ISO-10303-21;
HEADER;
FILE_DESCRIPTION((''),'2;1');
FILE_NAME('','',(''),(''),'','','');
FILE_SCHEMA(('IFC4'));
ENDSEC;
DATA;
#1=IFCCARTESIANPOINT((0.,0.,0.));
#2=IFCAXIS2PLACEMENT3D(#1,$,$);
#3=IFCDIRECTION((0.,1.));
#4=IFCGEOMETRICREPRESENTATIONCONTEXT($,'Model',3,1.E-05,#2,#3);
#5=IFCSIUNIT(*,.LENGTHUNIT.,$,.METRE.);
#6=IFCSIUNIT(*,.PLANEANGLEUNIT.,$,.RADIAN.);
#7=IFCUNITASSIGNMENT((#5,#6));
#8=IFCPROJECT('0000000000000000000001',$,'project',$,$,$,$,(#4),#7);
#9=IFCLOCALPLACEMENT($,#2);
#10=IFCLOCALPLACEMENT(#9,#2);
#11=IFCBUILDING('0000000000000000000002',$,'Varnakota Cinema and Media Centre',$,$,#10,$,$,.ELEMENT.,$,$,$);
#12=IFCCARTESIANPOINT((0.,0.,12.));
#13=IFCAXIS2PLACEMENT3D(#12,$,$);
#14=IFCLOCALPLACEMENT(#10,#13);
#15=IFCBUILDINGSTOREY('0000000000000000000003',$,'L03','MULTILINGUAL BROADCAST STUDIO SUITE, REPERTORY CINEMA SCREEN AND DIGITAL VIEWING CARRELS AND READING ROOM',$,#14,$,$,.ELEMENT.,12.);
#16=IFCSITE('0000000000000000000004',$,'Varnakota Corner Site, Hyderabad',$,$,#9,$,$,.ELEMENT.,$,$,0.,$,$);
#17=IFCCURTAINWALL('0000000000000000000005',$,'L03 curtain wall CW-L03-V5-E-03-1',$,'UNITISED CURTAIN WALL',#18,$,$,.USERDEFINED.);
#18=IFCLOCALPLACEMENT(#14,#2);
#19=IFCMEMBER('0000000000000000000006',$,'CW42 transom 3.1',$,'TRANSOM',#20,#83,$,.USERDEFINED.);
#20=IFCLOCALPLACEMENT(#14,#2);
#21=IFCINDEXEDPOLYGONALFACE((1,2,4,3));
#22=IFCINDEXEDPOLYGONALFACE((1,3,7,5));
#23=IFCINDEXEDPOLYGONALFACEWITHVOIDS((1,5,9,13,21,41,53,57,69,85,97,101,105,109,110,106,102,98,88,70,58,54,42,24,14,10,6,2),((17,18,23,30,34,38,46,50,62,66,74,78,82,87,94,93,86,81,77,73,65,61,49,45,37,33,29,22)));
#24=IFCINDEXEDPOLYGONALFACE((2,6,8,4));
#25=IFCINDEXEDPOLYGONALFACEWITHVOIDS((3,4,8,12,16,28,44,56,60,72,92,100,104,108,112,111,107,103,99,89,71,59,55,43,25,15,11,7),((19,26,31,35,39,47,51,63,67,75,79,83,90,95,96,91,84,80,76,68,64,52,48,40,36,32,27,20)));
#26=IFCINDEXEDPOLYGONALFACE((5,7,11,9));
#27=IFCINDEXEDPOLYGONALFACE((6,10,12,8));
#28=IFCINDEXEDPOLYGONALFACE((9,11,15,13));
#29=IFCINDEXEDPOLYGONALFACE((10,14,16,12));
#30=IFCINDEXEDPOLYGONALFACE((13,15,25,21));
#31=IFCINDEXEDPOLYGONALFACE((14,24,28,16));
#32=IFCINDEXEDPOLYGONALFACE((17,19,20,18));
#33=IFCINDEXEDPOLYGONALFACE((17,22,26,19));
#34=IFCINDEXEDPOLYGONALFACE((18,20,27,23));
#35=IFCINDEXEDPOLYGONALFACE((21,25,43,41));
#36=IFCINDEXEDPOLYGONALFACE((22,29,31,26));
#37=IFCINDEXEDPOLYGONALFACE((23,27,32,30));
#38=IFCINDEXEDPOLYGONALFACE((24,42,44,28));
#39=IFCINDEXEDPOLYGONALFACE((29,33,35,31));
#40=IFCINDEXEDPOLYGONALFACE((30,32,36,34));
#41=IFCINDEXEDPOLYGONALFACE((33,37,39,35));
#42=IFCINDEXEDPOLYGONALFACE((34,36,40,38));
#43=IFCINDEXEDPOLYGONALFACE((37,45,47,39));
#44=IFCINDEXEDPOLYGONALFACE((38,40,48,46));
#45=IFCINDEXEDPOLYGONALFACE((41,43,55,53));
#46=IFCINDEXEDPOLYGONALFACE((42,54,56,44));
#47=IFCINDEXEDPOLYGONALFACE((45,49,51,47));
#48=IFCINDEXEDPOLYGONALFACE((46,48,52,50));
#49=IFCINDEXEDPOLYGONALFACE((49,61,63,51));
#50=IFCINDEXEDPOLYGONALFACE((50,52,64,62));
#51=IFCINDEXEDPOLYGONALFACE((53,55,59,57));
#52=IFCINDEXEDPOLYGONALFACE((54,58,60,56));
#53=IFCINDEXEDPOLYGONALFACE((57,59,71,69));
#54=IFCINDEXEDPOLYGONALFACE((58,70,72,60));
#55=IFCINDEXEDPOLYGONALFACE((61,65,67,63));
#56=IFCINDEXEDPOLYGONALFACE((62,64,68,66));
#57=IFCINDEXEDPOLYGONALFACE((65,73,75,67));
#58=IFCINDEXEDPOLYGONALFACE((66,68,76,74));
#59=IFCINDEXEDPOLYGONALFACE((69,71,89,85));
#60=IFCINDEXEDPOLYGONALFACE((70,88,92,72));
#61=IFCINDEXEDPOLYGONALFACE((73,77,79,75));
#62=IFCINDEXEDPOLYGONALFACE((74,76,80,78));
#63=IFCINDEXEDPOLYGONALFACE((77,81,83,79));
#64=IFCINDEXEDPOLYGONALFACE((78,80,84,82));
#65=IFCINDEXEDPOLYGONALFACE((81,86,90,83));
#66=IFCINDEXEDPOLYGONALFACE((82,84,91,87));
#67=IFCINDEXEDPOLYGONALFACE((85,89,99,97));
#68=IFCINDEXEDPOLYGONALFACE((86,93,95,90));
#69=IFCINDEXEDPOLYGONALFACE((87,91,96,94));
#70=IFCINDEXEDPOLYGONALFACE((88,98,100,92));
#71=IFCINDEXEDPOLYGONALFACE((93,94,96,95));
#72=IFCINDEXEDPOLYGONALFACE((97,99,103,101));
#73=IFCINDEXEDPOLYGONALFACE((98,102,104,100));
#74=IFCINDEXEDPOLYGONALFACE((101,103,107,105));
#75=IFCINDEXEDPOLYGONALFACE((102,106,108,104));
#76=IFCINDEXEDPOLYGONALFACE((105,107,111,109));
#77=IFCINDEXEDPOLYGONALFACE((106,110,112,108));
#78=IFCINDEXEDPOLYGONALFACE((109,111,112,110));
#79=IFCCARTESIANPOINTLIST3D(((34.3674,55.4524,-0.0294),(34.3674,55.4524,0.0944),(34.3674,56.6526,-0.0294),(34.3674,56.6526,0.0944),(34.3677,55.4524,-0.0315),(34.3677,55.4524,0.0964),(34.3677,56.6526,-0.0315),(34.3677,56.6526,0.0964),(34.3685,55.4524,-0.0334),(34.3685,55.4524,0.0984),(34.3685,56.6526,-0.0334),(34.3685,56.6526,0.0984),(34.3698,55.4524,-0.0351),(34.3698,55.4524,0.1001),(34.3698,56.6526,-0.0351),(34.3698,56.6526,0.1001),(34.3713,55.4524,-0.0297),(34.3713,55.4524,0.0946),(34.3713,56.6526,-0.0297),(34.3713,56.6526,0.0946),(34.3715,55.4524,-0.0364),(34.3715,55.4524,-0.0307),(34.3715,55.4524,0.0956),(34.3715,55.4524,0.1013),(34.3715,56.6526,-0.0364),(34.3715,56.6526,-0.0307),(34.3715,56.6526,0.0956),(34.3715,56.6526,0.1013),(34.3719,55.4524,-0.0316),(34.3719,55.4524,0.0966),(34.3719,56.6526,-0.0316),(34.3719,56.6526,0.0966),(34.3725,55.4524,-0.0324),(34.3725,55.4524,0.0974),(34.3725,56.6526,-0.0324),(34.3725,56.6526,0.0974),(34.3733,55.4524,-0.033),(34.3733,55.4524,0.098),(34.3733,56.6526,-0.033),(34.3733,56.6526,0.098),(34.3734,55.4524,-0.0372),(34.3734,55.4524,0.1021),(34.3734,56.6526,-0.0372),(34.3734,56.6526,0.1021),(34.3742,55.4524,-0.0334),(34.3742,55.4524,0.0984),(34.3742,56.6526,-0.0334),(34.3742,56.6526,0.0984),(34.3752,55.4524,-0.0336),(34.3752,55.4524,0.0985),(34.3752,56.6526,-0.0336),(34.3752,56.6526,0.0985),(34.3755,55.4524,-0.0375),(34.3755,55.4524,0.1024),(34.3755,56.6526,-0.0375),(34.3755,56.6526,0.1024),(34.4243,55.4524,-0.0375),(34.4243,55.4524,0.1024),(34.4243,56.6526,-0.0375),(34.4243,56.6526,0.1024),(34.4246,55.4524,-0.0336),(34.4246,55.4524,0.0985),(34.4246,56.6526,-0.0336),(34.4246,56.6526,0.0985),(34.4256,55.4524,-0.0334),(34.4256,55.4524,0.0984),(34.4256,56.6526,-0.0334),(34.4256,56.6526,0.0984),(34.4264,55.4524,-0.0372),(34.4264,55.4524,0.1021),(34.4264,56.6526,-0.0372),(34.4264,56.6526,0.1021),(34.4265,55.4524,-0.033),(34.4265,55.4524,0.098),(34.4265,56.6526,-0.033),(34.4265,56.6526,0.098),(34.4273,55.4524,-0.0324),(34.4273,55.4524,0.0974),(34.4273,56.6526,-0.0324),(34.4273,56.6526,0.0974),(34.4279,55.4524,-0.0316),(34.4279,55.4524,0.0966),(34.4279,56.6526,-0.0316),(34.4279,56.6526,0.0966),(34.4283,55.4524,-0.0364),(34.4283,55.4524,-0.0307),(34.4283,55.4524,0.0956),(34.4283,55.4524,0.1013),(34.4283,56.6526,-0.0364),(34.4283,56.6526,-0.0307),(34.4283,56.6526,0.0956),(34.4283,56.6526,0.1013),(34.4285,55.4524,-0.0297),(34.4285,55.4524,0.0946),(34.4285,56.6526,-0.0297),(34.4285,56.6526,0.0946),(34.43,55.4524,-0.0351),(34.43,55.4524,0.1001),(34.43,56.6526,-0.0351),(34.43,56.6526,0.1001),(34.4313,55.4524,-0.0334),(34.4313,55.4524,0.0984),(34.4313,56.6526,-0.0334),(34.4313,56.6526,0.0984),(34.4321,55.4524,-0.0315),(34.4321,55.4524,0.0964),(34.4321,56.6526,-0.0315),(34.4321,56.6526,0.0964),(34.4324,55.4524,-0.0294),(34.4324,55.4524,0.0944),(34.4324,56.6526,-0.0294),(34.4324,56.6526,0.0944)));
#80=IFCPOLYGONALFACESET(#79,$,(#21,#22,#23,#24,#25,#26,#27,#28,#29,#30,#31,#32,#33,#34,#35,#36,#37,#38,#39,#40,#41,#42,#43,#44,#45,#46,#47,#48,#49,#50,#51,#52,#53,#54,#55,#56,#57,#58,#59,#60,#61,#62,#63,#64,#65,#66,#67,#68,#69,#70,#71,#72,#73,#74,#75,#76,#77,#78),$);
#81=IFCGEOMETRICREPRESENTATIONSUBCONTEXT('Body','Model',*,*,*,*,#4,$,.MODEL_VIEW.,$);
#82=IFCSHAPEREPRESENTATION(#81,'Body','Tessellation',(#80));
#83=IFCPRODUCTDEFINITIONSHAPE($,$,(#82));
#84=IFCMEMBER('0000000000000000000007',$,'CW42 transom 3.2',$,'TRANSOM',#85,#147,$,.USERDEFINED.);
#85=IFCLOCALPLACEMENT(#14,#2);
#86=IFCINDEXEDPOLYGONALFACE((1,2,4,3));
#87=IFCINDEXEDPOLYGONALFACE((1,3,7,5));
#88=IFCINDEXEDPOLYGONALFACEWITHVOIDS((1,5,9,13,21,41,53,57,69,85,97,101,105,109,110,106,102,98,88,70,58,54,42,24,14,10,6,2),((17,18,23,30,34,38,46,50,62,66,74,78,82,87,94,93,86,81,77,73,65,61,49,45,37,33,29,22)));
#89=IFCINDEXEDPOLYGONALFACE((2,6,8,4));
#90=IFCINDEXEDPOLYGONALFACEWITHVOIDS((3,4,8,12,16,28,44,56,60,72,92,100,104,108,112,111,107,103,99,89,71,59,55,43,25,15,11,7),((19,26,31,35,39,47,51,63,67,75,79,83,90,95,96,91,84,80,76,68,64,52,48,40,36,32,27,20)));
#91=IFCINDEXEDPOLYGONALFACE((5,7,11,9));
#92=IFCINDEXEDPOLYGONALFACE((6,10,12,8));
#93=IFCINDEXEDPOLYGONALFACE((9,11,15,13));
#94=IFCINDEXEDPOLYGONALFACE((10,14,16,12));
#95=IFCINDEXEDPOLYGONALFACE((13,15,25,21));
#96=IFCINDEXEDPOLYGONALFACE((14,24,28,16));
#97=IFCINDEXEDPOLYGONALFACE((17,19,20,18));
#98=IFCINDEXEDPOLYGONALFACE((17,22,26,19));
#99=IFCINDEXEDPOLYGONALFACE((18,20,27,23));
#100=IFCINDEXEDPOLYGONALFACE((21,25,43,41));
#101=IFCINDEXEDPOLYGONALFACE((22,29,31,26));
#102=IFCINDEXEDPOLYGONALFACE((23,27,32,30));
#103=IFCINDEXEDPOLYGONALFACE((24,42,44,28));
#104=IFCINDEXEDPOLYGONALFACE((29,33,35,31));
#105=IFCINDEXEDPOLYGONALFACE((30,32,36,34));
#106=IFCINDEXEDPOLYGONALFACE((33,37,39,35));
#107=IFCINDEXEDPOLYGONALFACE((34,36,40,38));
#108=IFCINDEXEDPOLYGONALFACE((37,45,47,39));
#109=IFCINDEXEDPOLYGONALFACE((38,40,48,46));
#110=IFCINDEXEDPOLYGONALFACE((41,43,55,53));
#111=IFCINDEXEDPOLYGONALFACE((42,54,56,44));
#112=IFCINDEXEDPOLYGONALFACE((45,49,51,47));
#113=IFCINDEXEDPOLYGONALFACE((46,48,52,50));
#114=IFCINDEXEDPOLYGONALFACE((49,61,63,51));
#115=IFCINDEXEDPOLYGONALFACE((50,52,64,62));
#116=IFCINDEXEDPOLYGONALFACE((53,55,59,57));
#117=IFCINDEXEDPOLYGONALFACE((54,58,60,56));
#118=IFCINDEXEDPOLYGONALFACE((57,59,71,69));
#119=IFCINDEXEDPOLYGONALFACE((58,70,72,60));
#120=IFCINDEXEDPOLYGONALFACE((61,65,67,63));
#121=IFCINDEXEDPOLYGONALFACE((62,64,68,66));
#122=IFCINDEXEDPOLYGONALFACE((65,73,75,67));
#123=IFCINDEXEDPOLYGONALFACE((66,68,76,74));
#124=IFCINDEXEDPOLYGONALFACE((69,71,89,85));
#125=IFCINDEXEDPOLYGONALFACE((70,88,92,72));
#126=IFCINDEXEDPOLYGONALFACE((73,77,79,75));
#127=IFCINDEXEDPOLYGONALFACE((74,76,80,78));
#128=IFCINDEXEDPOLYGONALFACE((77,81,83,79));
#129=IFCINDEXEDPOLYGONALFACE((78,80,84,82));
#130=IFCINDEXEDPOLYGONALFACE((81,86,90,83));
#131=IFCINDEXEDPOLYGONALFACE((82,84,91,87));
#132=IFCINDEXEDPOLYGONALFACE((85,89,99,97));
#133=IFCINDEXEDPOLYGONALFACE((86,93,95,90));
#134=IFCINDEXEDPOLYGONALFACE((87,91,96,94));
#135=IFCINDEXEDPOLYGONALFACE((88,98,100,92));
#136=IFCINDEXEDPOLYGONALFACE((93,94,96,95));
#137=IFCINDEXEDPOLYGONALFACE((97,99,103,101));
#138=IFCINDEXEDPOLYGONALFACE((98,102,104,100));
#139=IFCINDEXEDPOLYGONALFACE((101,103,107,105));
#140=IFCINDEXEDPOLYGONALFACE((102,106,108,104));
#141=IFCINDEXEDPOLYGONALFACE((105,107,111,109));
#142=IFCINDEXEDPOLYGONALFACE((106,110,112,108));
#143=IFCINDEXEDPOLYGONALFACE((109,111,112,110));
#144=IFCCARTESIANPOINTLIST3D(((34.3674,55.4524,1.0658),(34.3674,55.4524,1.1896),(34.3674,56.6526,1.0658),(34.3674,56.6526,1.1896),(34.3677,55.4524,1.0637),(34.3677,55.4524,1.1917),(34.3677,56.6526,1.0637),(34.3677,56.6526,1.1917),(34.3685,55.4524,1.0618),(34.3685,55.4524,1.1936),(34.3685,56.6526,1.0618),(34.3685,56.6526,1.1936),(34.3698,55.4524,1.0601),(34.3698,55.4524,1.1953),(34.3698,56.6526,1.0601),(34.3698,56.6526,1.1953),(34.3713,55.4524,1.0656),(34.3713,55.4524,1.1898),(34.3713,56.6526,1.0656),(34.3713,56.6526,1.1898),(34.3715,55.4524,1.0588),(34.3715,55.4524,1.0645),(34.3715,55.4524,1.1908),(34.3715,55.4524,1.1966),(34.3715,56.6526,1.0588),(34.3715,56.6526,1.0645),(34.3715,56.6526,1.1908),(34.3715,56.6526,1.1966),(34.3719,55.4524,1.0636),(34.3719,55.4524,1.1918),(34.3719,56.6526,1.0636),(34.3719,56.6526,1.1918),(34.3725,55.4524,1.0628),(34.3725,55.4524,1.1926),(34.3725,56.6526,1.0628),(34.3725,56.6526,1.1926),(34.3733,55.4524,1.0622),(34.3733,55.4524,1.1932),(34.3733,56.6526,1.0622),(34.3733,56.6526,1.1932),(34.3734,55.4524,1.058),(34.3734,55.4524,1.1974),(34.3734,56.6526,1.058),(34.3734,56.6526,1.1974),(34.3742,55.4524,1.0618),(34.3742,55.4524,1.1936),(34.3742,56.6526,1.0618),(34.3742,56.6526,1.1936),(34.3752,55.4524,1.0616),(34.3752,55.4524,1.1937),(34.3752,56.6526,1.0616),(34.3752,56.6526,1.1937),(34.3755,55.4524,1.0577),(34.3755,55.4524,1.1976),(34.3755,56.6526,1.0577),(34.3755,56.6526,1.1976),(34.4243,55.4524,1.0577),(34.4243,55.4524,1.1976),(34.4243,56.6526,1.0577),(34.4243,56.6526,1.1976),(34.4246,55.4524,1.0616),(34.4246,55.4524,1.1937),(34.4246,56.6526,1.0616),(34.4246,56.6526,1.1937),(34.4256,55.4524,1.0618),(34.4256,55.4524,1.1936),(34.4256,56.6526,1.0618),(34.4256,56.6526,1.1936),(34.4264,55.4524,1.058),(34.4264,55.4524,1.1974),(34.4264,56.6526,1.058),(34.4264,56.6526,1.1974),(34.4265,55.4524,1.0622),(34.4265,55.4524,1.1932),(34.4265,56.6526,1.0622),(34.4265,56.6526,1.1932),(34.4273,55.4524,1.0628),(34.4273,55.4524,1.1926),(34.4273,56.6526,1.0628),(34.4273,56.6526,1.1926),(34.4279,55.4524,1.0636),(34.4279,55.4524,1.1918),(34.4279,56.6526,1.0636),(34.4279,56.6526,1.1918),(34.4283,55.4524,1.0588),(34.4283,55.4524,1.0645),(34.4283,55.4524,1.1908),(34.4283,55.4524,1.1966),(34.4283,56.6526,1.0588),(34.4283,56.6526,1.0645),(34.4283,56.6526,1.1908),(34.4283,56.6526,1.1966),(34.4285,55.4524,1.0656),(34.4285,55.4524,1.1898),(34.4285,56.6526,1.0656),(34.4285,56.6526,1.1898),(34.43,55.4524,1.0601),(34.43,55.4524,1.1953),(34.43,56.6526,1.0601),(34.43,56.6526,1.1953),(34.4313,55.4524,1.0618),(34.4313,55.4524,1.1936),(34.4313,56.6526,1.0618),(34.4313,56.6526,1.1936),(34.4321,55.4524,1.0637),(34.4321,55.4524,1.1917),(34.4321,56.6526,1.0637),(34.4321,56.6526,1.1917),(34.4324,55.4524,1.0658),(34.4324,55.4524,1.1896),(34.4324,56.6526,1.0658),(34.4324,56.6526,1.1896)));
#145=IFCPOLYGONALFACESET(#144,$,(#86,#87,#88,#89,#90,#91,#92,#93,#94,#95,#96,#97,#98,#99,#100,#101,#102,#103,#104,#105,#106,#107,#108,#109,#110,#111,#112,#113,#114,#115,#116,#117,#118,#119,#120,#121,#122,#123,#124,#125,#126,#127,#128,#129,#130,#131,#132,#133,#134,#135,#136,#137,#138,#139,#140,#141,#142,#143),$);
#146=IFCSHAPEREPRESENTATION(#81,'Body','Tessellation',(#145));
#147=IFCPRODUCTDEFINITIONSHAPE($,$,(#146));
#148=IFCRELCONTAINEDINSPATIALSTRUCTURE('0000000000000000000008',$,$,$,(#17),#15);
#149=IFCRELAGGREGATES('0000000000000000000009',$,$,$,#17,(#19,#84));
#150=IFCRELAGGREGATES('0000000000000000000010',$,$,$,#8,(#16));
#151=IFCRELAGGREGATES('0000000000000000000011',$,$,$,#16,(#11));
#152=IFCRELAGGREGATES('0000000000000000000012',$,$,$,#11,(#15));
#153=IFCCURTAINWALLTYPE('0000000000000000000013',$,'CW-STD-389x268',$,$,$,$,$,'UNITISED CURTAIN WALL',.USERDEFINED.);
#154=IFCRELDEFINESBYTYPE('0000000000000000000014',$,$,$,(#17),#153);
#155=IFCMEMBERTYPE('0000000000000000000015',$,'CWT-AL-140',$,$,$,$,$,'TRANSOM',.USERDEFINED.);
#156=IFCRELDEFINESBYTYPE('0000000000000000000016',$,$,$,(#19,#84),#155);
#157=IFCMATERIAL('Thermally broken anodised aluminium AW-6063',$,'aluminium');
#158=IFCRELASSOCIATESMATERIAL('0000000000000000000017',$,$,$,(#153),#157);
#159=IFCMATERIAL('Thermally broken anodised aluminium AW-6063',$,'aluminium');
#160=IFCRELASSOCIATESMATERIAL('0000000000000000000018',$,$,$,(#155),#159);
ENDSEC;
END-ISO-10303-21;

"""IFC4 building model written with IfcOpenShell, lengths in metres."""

from ifc_helpers import new_model, si_unit, direction, frame, origin, origin_2d, place, context, subcontext, project, spatial, hollow_rectangle, extrude, material, material_profile, profile_set, type_object, element, aggregate, save


model = new_model("IFC4")

# Units and contexts
model_context = context("Model", 3, precision=1e-05, world=origin(), true_north=direction((0.0, 1.0)))
body_context = subcontext(model_context, "Body", "Model", "MODEL_VIEW")
ifc_project = project(units=[si_unit("LENGTHUNIT", "METRE"), si_unit("PLANEANGLEUNIT", "RADIAN")], contexts=[model_context])

# Site, building, storey
site_placement = place(None, origin())
site = spatial("IfcSite", under=ifc_project, at=site_placement, Name="Varnakota Corner Site, Hyderabad", CompositionType="ELEMENT", RefElevation=0.0)
building_placement = place(site_placement, origin())
building = spatial("IfcBuilding", under=site, at=building_placement, Name="Varnakota Cinema and Media Centre", CompositionType="ELEMENT")
storey_placement = place(building_placement, frame((0.0, 0.0, 12.0)))
storey = spatial("IfcBuildingStorey", under=building, at=storey_placement, Name="L03", Description="MULTILINGUAL BROADCAST STUDIO SUITE, REPERTORY CINEMA SCREEN AND DIGITAL VIEWING CARRELS AND READING ROOM", CompositionType="ELEMENT", Elevation=12.0)

# Curtain wall
ifc_material_1 = material(Name="Thermally broken anodised aluminium AW-6063", Category="aluminium")
curtain_wall_type = type_object("IfcCurtainWallType", Name="CW-STD-389x268", ElementType="UNITISED CURTAIN WALL", PredefinedType="USERDEFINED", material=ifc_material_1)
curtain_wall_1_placement = place(storey_placement, origin())
curtain_wall_1 = element("IfcCurtainWall", 1, at=curtain_wall_1_placement, inside=storey, type_object=curtain_wall_type, Name="L03 curtain wall CW-L03-V5-E-03-1", ObjectType="UNITISED CURTAIN WALL", PredefinedType="USERDEFINED")

# Members
ifc_material_2 = material(Name="Thermally broken anodised aluminium AW-6063", Category="aluminium")
ifc_material_profile_1 = material_profile(ifc_material_2, hollow_rectangle(XDim=0.0649, YDim=0.1399, WallThickness=0.0039, InnerFilletRadius=0.0039, OuterFilletRadius=0.0081, at=origin_2d()), Name="AL-TRANSOM 140x65x4")
ifc_profile_set_1 = profile_set([ifc_material_profile_1], Name="Thermally broken anodised aluminium AW-6063")
member_type_1 = type_object("IfcMemberType", Name="CWT-AL-140", ElementType="TRANSOM", PredefinedType="USERDEFINED", material=ifc_profile_set_1)
member_1_placement = place(storey_placement, frame((34.3999, 55.4524, 0.0325), z_axis=(0.0, 1.0, 0.0), x_axis=(-1.0, 0.0, 0.0)))
member_1 = element("IfcMember", 2, at=member_1_placement, type_object=member_type_1, Name="CW42 transom 3.1", ObjectType="TRANSOM", PredefinedType="USERDEFINED", context=body_context, shape_type="SweptSolid", body=[
    extrude(hollow_rectangle(XDim=0.0649, YDim=0.1399, WallThickness=0.0039, InnerFilletRadius=0.0039, OuterFilletRadius=0.0081, at=origin_2d()), origin(), (0.0, 0.0, 1.0), 1.2002),
])
member_2_placement = place(storey_placement, frame((34.3999, 55.4524, 1.1277), z_axis=(0.0, 1.0, 0.0), x_axis=(-1.0, 0.0, 0.0)))
member_2 = element("IfcMember", 3, at=member_2_placement, type_object=member_type_1, Name="CW42 transom 3.2", ObjectType="TRANSOM", PredefinedType="USERDEFINED", context=body_context, shape_type="SweptSolid", body=[
    extrude(hollow_rectangle(XDim=0.0649, YDim=0.1399, WallThickness=0.0039, InnerFilletRadius=0.0039, OuterFilletRadius=0.0081, at=origin_2d()), origin(), (0.0, 0.0, 1.0), 1.2002),
])

aggregate(curtain_wall_1, [member_1, member_2])

save(model, "model.ifc")
